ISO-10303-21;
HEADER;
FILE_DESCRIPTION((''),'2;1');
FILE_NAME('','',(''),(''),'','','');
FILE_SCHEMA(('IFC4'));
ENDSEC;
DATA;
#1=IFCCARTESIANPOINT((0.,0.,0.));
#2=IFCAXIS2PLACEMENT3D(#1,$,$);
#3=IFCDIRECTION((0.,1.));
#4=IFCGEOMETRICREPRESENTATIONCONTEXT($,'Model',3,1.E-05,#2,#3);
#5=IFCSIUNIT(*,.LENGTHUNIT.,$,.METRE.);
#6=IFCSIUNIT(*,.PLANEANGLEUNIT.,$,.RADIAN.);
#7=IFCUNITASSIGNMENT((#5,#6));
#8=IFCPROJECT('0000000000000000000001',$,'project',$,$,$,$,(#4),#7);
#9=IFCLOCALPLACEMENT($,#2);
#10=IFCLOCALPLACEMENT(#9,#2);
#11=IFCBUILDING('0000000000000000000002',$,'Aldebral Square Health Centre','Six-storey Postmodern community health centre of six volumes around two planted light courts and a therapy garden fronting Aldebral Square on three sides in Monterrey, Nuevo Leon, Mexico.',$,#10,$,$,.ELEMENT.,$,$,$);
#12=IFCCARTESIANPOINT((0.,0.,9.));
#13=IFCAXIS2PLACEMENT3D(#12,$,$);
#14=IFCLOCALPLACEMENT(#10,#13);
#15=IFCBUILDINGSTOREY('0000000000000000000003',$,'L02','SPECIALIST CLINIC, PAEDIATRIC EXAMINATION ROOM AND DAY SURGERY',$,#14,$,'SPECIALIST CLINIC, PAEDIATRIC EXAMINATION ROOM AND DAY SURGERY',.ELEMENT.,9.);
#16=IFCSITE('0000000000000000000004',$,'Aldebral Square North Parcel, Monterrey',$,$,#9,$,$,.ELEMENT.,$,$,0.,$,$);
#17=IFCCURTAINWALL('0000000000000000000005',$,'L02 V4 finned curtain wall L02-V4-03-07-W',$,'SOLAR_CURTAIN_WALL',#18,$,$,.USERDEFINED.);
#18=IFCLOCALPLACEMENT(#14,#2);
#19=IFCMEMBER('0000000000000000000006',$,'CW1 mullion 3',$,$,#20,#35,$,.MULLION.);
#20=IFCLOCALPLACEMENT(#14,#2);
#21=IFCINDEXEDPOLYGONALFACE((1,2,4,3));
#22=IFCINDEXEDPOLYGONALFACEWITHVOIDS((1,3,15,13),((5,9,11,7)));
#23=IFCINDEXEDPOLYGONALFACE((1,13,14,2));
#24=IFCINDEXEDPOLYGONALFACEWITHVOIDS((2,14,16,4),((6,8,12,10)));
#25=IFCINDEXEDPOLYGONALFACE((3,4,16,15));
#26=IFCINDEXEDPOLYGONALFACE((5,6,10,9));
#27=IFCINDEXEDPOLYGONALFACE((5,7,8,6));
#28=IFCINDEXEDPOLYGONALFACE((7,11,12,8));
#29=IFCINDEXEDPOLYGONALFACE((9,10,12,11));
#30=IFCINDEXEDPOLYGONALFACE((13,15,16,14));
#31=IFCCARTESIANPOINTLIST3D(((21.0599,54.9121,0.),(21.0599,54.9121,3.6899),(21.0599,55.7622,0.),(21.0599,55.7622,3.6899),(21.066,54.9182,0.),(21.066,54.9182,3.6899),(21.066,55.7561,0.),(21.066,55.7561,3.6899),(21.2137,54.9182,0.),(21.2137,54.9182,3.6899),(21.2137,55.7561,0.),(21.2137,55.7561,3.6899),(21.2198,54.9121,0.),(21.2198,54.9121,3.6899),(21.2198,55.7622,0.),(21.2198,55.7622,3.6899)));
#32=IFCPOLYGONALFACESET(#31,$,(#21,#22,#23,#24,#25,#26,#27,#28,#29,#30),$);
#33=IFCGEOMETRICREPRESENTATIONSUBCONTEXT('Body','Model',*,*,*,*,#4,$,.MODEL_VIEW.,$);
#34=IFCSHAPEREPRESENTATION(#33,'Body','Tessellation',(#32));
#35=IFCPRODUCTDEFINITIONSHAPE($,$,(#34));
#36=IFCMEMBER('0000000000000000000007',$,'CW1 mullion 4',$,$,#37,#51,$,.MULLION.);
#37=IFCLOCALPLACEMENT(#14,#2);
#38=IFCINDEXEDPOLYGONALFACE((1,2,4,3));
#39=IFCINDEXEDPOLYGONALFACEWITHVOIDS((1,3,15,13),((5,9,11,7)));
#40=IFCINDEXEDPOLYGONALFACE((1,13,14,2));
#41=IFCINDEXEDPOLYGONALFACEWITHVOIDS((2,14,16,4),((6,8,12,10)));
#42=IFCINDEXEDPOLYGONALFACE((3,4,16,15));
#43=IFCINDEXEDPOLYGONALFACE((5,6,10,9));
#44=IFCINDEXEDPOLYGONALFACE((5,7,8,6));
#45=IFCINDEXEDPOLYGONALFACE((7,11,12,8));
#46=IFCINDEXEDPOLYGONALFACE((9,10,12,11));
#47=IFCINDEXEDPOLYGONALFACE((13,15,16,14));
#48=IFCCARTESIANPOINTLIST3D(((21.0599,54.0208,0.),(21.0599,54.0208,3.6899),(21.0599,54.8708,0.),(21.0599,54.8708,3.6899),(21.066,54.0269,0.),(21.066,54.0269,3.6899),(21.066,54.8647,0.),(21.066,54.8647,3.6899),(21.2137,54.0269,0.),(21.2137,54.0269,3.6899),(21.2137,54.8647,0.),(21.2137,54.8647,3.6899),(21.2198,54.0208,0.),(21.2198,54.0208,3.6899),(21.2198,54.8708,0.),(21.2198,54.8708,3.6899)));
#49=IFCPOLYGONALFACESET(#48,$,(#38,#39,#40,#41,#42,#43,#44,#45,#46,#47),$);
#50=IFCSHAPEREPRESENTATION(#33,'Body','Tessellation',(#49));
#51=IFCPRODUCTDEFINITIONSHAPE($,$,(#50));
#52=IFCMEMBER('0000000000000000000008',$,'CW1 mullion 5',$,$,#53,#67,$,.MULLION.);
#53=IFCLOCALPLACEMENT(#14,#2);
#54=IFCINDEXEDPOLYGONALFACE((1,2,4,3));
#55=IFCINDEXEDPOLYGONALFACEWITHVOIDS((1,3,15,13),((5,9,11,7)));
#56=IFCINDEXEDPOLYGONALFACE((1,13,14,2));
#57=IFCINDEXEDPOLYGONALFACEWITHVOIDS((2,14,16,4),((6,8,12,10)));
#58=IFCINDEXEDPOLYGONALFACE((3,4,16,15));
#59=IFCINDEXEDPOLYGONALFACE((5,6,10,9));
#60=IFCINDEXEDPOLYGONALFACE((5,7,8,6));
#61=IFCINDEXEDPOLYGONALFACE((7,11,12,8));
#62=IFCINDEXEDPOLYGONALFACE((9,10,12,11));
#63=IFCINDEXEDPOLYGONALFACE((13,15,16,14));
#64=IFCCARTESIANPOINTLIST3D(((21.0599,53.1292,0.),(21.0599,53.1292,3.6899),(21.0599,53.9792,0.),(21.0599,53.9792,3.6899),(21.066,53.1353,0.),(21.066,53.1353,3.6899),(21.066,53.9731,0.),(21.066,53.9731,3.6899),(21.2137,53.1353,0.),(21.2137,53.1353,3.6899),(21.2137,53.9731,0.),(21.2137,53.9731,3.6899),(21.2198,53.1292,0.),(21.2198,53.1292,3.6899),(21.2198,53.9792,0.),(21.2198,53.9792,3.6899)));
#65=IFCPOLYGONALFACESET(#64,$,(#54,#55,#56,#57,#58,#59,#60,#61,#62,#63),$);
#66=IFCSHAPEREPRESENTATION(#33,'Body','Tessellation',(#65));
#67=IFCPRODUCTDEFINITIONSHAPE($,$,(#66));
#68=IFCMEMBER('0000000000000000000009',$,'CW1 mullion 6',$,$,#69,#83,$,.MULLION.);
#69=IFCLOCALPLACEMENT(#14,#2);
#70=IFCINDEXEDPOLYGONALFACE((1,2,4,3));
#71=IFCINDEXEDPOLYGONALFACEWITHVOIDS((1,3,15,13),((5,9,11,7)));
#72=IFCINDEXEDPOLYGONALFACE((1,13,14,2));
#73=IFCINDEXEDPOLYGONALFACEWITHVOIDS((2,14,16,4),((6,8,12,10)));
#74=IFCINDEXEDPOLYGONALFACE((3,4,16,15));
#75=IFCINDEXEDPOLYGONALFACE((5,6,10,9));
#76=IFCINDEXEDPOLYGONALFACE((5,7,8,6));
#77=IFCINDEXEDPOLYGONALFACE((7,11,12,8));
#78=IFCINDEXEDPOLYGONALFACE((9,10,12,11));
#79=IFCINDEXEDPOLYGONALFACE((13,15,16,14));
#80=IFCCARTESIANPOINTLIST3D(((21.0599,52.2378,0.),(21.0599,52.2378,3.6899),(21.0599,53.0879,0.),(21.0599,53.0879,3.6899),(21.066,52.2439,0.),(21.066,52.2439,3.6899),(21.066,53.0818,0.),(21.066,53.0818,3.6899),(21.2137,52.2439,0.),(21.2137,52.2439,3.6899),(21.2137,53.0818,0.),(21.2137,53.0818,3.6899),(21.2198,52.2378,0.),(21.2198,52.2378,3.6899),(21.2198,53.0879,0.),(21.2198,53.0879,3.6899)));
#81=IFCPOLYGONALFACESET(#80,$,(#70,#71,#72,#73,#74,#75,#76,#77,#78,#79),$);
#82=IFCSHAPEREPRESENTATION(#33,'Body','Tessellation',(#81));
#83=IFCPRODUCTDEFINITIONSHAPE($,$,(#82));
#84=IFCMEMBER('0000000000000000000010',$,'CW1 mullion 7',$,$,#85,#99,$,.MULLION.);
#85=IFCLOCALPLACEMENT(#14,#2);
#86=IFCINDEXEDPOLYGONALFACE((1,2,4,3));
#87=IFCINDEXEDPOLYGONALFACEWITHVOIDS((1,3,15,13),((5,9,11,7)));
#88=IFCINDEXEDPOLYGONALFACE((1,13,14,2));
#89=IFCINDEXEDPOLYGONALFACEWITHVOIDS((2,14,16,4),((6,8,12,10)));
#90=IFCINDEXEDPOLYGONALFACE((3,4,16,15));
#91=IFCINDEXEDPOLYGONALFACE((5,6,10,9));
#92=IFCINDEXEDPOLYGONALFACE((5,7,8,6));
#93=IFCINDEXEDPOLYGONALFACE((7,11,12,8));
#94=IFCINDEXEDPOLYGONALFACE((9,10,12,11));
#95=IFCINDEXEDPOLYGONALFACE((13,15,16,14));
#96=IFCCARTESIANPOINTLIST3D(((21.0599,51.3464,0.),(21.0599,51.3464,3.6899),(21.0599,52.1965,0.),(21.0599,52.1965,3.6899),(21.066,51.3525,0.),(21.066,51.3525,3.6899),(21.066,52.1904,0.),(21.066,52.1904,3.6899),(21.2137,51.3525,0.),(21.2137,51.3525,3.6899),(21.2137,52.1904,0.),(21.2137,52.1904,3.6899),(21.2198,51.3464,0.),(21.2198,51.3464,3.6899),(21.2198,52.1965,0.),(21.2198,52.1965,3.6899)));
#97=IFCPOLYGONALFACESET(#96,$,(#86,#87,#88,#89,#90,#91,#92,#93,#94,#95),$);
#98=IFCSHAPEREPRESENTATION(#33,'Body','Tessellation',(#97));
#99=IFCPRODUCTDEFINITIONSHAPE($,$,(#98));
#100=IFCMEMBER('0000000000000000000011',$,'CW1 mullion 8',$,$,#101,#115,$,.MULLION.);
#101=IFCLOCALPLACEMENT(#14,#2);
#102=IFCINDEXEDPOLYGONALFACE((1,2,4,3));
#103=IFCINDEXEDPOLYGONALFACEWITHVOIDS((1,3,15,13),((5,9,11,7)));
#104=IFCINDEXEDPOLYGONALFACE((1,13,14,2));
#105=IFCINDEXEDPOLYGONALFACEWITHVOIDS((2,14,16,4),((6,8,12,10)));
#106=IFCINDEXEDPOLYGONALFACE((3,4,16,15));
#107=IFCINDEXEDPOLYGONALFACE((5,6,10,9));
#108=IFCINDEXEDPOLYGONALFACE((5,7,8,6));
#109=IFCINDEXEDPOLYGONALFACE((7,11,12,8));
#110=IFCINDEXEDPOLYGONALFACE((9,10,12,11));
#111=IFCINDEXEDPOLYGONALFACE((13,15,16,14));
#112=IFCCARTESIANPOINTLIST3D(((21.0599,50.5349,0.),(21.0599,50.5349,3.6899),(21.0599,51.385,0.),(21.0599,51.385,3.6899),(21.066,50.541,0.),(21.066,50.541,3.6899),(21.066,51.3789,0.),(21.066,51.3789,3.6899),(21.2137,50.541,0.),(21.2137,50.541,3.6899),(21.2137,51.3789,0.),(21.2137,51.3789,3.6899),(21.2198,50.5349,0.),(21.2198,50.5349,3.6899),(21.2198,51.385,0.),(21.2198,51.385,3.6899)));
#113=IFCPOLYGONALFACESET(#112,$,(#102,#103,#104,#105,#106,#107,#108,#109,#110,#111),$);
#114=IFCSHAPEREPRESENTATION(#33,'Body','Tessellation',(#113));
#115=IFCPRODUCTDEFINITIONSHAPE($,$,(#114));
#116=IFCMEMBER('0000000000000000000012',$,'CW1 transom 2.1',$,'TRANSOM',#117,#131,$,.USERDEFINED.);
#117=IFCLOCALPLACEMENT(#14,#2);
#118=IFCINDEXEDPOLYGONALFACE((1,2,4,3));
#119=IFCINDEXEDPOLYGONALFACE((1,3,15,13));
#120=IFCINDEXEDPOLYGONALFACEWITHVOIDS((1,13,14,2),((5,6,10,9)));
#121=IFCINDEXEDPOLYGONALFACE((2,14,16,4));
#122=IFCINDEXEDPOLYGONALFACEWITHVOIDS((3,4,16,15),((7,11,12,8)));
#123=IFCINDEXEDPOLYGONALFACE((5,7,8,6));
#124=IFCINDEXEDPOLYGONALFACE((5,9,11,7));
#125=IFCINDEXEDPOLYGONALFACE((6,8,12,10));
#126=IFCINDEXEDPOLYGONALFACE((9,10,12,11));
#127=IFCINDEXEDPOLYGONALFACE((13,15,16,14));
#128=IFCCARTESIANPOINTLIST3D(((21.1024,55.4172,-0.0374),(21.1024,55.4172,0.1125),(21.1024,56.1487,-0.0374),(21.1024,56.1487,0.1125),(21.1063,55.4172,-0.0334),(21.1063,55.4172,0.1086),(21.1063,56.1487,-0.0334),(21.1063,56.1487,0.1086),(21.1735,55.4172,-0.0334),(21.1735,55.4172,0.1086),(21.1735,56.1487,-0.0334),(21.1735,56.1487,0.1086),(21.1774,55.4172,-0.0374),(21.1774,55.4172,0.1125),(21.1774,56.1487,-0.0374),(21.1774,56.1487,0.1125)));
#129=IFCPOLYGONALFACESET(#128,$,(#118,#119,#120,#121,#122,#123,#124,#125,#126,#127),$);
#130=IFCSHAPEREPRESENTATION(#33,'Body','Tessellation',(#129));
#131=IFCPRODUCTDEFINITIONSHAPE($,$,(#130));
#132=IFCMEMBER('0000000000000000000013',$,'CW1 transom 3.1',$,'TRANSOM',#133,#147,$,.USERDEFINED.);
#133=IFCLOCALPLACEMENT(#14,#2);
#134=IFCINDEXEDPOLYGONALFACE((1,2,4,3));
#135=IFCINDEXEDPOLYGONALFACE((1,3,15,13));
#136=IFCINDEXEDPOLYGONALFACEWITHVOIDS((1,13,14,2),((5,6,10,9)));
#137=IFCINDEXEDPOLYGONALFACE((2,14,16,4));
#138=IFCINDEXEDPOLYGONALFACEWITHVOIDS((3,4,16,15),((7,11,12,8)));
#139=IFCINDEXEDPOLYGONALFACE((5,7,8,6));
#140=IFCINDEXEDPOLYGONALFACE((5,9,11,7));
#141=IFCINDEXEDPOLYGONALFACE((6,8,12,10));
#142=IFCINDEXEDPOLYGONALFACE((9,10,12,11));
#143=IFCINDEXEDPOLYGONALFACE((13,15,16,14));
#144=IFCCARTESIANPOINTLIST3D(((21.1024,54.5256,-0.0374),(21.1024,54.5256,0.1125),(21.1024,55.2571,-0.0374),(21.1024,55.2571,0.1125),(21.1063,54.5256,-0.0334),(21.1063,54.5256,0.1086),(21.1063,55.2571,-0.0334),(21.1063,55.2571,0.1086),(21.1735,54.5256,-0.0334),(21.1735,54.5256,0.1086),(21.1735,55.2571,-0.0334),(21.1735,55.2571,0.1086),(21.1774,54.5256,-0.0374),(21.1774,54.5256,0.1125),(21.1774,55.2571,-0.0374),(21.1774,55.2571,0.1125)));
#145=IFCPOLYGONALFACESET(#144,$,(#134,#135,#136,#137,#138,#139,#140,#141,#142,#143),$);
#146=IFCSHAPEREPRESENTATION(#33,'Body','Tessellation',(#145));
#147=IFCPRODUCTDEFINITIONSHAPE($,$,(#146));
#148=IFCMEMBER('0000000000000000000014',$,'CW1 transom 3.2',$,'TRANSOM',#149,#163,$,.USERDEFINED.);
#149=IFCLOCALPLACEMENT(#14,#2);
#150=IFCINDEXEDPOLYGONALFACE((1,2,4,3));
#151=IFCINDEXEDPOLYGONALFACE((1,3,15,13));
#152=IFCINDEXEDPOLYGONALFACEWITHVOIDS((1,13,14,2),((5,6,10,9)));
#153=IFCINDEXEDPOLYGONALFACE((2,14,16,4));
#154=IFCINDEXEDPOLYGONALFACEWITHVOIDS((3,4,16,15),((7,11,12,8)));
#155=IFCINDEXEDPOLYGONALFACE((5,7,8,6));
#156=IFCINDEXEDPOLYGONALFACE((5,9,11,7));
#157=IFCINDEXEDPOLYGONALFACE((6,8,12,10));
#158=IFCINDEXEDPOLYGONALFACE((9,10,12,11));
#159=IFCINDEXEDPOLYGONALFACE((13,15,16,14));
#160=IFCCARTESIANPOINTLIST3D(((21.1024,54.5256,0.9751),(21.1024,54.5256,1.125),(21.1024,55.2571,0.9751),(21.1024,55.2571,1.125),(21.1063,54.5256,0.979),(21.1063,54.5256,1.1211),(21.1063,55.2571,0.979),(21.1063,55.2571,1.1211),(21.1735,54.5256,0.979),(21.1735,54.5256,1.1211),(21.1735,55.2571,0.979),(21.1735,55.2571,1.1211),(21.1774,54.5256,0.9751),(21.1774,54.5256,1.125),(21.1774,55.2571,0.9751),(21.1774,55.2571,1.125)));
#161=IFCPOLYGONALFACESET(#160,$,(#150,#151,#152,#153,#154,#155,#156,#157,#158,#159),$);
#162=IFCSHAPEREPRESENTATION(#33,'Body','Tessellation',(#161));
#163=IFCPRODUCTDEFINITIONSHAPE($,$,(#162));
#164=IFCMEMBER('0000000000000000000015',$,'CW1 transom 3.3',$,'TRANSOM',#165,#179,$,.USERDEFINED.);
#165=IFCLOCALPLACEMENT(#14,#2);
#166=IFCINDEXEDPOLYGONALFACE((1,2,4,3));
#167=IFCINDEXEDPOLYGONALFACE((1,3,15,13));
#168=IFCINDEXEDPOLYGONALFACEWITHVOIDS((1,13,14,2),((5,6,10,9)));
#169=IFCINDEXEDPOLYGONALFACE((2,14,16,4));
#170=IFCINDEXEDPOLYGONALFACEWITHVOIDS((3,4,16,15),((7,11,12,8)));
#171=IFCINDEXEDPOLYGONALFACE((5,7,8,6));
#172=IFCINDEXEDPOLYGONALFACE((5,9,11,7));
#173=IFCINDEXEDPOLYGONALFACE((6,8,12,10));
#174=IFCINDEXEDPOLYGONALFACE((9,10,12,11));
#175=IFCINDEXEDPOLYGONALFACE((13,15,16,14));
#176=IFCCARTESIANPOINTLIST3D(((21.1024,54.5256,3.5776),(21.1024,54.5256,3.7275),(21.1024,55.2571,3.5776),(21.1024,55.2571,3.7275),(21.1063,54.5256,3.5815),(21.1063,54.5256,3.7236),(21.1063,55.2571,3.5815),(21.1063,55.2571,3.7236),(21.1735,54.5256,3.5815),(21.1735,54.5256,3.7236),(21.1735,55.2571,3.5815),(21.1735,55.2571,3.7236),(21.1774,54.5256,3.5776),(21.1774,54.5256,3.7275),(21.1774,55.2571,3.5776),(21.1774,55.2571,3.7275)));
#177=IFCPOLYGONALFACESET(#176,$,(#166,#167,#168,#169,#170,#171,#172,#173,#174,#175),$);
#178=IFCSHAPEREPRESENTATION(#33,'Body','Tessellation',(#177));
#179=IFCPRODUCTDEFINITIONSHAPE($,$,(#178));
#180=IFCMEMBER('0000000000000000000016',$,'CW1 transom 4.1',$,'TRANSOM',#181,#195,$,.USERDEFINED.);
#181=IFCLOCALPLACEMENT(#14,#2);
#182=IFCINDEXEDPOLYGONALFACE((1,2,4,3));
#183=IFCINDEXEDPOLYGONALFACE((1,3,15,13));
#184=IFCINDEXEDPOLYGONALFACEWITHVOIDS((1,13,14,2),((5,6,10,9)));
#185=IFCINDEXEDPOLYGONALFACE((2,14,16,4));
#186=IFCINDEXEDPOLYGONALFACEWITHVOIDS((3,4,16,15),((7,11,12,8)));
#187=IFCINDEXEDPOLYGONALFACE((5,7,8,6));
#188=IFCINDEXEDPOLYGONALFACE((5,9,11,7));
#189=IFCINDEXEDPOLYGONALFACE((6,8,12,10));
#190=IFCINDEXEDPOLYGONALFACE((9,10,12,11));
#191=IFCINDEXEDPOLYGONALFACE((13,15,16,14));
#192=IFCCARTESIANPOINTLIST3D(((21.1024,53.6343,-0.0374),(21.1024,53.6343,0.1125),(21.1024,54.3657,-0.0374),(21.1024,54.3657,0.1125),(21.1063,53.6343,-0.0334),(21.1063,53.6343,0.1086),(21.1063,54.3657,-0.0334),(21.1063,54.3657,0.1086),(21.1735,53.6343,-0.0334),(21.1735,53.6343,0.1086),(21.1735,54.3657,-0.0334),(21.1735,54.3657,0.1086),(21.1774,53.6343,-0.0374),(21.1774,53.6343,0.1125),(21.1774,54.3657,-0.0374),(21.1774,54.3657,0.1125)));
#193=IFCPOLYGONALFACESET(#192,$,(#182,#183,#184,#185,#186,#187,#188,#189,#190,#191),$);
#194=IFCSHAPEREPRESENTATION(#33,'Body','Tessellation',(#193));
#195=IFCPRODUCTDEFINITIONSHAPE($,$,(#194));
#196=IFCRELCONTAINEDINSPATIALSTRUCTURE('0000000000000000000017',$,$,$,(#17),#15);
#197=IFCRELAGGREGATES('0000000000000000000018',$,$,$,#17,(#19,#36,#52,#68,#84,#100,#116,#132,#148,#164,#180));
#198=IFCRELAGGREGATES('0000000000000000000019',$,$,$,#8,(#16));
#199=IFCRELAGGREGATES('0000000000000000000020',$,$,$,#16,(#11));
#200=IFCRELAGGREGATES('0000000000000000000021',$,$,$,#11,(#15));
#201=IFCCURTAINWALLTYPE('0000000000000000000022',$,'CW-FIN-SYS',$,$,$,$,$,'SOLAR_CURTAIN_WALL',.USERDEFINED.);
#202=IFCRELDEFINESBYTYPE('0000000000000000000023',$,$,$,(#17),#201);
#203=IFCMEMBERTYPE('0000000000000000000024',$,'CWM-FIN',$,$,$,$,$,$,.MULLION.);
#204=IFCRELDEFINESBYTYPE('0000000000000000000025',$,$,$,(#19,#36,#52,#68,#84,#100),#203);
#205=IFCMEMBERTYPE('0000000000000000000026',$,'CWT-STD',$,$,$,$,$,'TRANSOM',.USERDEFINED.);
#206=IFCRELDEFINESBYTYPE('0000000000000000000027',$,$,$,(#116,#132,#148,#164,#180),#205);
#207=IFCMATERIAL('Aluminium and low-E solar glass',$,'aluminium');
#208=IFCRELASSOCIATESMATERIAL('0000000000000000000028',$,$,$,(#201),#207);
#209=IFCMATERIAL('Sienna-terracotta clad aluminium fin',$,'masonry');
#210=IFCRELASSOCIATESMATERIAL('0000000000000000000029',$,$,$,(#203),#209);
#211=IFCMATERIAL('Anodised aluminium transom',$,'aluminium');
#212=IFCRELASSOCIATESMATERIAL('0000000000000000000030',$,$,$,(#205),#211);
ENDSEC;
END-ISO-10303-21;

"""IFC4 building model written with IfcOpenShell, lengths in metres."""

from ifc_helpers import new_model, si_unit, direction, frame, origin, origin_2d, place, context, subcontext, project, spatial, hollow_rectangle, extrude, material, material_profile, profile_set, type_object, element, aggregate, save


model = new_model("IFC4")

# Units and contexts
model_context = context("Model", 3, precision=1e-05, world=origin(), true_north=direction((0.0, 1.0)))
body_context = subcontext(model_context, "Body", "Model", "MODEL_VIEW")
ifc_project = project(units=[si_unit("LENGTHUNIT", "METRE"), si_unit("PLANEANGLEUNIT", "RADIAN")], contexts=[model_context])

# Site, building, storey
site_placement = place(None, origin())
site = spatial("IfcSite", under=ifc_project, at=site_placement, Name="Aldebral Square North Parcel, Monterrey", CompositionType="ELEMENT", RefElevation=0.0)
building_placement = place(site_placement, origin())
building = spatial("IfcBuilding", under=site, at=building_placement, Name="Aldebral Square Health Centre", Description="Six-storey Postmodern community health centre of six volumes around two planted light courts and a therapy garden fronting Aldebral Square on three sides in Monterrey, Nuevo Leon, Mexico.", CompositionType="ELEMENT")
storey_placement = place(building_placement, frame((0.0, 0.0, 9.0)))
storey = spatial("IfcBuildingStorey", under=building, at=storey_placement, Name="L02", Description="SPECIALIST CLINIC, PAEDIATRIC EXAMINATION ROOM AND DAY SURGERY", LongName="SPECIALIST CLINIC, PAEDIATRIC EXAMINATION ROOM AND DAY SURGERY", CompositionType="ELEMENT", Elevation=9.0)

# Curtain wall, members
ifc_material_1 = material(Name="Aluminium and low-E solar glass", Category="aluminium")
curtain_wall_type = type_object("IfcCurtainWallType", Name="CW-FIN-SYS", ElementType="SOLAR_CURTAIN_WALL", PredefinedType="USERDEFINED", material=ifc_material_1)
curtain_wall_placement = place(storey_placement, origin())
curtain_wall = element("IfcCurtainWall", 1, at=curtain_wall_placement, inside=storey, type_object=curtain_wall_type, Name="L02 V4 finned curtain wall L02-V4-03-07-W", ObjectType="SOLAR_CURTAIN_WALL", PredefinedType="USERDEFINED")
ifc_material_2 = material(Name="Sienna-terracotta clad aluminium fin", Category="masonry")
ifc_material_profile_1 = material_profile(ifc_material_2, hollow_rectangle(XDim=0.1599, YDim=0.8501, WallThickness=0.0061, at=origin_2d()), Name="FIN 160x850x6")
ifc_profile_set_1 = profile_set([ifc_material_profile_1], Name="Sienna-terracotta clad aluminium fin")
member_type_1 = type_object("IfcMemberType", Name="CWM-FIN", PredefinedType="MULLION", material=ifc_profile_set_1)
member_1_placement = place(storey_placement, frame((21.1399, 55.3372, 0.0), z_axis=(0.0, 0.0, 1.0), x_axis=(1.0, 0.0, 0.0)))
member_1 = element("IfcMember", 2, at=member_1_placement, type_object=member_type_1, Name="CW1 mullion 3", PredefinedType="MULLION", context=body_context, shape_type="SweptSolid", body=[
    extrude(hollow_rectangle(XDim=0.1599, YDim=0.8501, WallThickness=0.0061, at=origin_2d()), origin(), (0.0, 0.0, 1.0), 3.6899),
])
member_2_placement = place(storey_placement, frame((21.1399, 54.4458, 0.0), z_axis=(0.0, 0.0, 1.0), x_axis=(1.0, 0.0, 0.0)))
member_2 = element("IfcMember", 3, at=member_2_placement, type_object=member_type_1, Name="CW1 mullion 4", PredefinedType="MULLION", context=body_context, shape_type="SweptSolid", body=[
    extrude(hollow_rectangle(XDim=0.1599, YDim=0.8501, WallThickness=0.0061, at=origin_2d()), origin(), (0.0, 0.0, 1.0), 3.6899),
])
member_3_placement = place(storey_placement, frame((21.1399, 53.5542, 0.0), z_axis=(0.0, 0.0, 1.0), x_axis=(1.0, 0.0, 0.0)))
member_3 = element("IfcMember", 4, at=member_3_placement, type_object=member_type_1, Name="CW1 mullion 5", PredefinedType="MULLION", context=body_context, shape_type="SweptSolid", body=[
    extrude(hollow_rectangle(XDim=0.1599, YDim=0.8501, WallThickness=0.0061, at=origin_2d()), origin(), (0.0, 0.0, 1.0), 3.6899),
])
member_4_placement = place(storey_placement, frame((21.1399, 52.6628, 0.0), z_axis=(0.0, 0.0, 1.0), x_axis=(1.0, 0.0, 0.0)))
member_4 = element("IfcMember", 5, at=member_4_placement, type_object=member_type_1, Name="CW1 mullion 6", PredefinedType="MULLION", context=body_context, shape_type="SweptSolid", body=[
    extrude(hollow_rectangle(XDim=0.1599, YDim=0.8501, WallThickness=0.0061, at=origin_2d()), origin(), (0.0, 0.0, 1.0), 3.6899),
])
member_5_placement = place(storey_placement, frame((21.1399, 51.7715, 0.0), z_axis=(0.0, 0.0, 1.0), x_axis=(1.0, 0.0, 0.0)))
member_5 = element("IfcMember", 6, at=member_5_placement, type_object=member_type_1, Name="CW1 mullion 7", PredefinedType="MULLION", context=body_context, shape_type="SweptSolid", body=[
    extrude(hollow_rectangle(XDim=0.1599, YDim=0.8501, WallThickness=0.0061, at=origin_2d()), origin(), (0.0, 0.0, 1.0), 3.6899),
])
member_6_placement = place(storey_placement, frame((21.1399, 50.96, 0.0), z_axis=(0.0, 0.0, 1.0), x_axis=(1.0, 0.0, 0.0)))
member_6 = element("IfcMember", 7, at=member_6_placement, type_object=member_type_1, Name="CW1 mullion 8", PredefinedType="MULLION", context=body_context, shape_type="SweptSolid", body=[
    extrude(hollow_rectangle(XDim=0.1599, YDim=0.8501, WallThickness=0.0061, at=origin_2d()), origin(), (0.0, 0.0, 1.0), 3.6899),
])
ifc_material_3 = material(Name="Anodised aluminium transom", Category="aluminium")
ifc_material_profile_2 = material_profile(ifc_material_3, hollow_rectangle(XDim=0.075, YDim=0.1499, WallThickness=0.0039, at=origin_2d()), Name="CWT 75x150x4")
ifc_profile_set_2 = profile_set([ifc_material_profile_2], Name="Anodised aluminium transom")
member_type_2 = type_object("IfcMemberType", Name="CWT-STD", ElementType="TRANSOM", PredefinedType="USERDEFINED", material=ifc_profile_set_2)
member_7_placement = place(storey_placement, frame((21.1399, 56.1487, 0.0376), z_axis=(0.0, -1.0, 0.0), x_axis=(1.0, 0.0, 0.0)))
member_7 = element("IfcMember", 8, at=member_7_placement, type_object=member_type_2, Name="CW1 transom 2.1", ObjectType="TRANSOM", PredefinedType="USERDEFINED", context=body_context, shape_type="SweptSolid", body=[
    extrude(hollow_rectangle(XDim=0.075, YDim=0.1499, WallThickness=0.0039, at=origin_2d()), origin(), (0.0, 0.0, 1.0), 0.7314),
])
member_8_placement = place(storey_placement, frame((21.1399, 55.2571, 0.0376), z_axis=(0.0, -1.0, 0.0), x_axis=(1.0, 0.0, 0.0)))
member_8 = element("IfcMember", 9, at=member_8_placement, type_object=member_type_2, Name="CW1 transom 3.1", ObjectType="TRANSOM", PredefinedType="USERDEFINED", context=body_context, shape_type="SweptSolid", body=[
    extrude(hollow_rectangle(XDim=0.075, YDim=0.1499, WallThickness=0.0039, at=origin_2d()), origin(), (0.0, 0.0, 1.0), 0.7314),
])
member_9_placement = place(storey_placement, frame((21.1399, 55.2571, 1.05), z_axis=(0.0, -1.0, 0.0), x_axis=(1.0, 0.0, 0.0)))
member_9 = element("IfcMember", 10, at=member_9_placement, type_object=member_type_2, Name="CW1 transom 3.2", ObjectType="TRANSOM", PredefinedType="USERDEFINED", context=body_context, shape_type="SweptSolid", body=[
    extrude(hollow_rectangle(XDim=0.075, YDim=0.1499, WallThickness=0.0039, at=origin_2d()), origin(), (0.0, 0.0, 1.0), 0.7314),
])
member_10_placement = place(storey_placement, frame((21.1399, 55.2571, 3.6526), z_axis=(0.0, -1.0, 0.0), x_axis=(1.0, 0.0, 0.0)))
member_10 = element("IfcMember", 11, at=member_10_placement, type_object=member_type_2, Name="CW1 transom 3.3", ObjectType="TRANSOM", PredefinedType="USERDEFINED", context=body_context, shape_type="SweptSolid", body=[
    extrude(hollow_rectangle(XDim=0.075, YDim=0.1499, WallThickness=0.0039, at=origin_2d()), origin(), (0.0, 0.0, 1.0), 0.7314),
])
member_11_placement = place(storey_placement, frame((21.1399, 54.3657, 0.0376), z_axis=(0.0, -1.0, 0.0), x_axis=(1.0, 0.0, 0.0)))
member_11 = element("IfcMember", 12, at=member_11_placement, type_object=member_type_2, Name="CW1 transom 4.1", ObjectType="TRANSOM", PredefinedType="USERDEFINED", context=body_context, shape_type="SweptSolid", body=[
    extrude(hollow_rectangle(XDim=0.075, YDim=0.1499, WallThickness=0.0039, at=origin_2d()), origin(), (0.0, 0.0, 1.0), 0.7314),
])
aggregate(curtain_wall, [member_1, member_2, member_3, member_4, member_5, member_6, member_7, member_8, member_9, member_10, member_11])

save(model, "model.ifc")
